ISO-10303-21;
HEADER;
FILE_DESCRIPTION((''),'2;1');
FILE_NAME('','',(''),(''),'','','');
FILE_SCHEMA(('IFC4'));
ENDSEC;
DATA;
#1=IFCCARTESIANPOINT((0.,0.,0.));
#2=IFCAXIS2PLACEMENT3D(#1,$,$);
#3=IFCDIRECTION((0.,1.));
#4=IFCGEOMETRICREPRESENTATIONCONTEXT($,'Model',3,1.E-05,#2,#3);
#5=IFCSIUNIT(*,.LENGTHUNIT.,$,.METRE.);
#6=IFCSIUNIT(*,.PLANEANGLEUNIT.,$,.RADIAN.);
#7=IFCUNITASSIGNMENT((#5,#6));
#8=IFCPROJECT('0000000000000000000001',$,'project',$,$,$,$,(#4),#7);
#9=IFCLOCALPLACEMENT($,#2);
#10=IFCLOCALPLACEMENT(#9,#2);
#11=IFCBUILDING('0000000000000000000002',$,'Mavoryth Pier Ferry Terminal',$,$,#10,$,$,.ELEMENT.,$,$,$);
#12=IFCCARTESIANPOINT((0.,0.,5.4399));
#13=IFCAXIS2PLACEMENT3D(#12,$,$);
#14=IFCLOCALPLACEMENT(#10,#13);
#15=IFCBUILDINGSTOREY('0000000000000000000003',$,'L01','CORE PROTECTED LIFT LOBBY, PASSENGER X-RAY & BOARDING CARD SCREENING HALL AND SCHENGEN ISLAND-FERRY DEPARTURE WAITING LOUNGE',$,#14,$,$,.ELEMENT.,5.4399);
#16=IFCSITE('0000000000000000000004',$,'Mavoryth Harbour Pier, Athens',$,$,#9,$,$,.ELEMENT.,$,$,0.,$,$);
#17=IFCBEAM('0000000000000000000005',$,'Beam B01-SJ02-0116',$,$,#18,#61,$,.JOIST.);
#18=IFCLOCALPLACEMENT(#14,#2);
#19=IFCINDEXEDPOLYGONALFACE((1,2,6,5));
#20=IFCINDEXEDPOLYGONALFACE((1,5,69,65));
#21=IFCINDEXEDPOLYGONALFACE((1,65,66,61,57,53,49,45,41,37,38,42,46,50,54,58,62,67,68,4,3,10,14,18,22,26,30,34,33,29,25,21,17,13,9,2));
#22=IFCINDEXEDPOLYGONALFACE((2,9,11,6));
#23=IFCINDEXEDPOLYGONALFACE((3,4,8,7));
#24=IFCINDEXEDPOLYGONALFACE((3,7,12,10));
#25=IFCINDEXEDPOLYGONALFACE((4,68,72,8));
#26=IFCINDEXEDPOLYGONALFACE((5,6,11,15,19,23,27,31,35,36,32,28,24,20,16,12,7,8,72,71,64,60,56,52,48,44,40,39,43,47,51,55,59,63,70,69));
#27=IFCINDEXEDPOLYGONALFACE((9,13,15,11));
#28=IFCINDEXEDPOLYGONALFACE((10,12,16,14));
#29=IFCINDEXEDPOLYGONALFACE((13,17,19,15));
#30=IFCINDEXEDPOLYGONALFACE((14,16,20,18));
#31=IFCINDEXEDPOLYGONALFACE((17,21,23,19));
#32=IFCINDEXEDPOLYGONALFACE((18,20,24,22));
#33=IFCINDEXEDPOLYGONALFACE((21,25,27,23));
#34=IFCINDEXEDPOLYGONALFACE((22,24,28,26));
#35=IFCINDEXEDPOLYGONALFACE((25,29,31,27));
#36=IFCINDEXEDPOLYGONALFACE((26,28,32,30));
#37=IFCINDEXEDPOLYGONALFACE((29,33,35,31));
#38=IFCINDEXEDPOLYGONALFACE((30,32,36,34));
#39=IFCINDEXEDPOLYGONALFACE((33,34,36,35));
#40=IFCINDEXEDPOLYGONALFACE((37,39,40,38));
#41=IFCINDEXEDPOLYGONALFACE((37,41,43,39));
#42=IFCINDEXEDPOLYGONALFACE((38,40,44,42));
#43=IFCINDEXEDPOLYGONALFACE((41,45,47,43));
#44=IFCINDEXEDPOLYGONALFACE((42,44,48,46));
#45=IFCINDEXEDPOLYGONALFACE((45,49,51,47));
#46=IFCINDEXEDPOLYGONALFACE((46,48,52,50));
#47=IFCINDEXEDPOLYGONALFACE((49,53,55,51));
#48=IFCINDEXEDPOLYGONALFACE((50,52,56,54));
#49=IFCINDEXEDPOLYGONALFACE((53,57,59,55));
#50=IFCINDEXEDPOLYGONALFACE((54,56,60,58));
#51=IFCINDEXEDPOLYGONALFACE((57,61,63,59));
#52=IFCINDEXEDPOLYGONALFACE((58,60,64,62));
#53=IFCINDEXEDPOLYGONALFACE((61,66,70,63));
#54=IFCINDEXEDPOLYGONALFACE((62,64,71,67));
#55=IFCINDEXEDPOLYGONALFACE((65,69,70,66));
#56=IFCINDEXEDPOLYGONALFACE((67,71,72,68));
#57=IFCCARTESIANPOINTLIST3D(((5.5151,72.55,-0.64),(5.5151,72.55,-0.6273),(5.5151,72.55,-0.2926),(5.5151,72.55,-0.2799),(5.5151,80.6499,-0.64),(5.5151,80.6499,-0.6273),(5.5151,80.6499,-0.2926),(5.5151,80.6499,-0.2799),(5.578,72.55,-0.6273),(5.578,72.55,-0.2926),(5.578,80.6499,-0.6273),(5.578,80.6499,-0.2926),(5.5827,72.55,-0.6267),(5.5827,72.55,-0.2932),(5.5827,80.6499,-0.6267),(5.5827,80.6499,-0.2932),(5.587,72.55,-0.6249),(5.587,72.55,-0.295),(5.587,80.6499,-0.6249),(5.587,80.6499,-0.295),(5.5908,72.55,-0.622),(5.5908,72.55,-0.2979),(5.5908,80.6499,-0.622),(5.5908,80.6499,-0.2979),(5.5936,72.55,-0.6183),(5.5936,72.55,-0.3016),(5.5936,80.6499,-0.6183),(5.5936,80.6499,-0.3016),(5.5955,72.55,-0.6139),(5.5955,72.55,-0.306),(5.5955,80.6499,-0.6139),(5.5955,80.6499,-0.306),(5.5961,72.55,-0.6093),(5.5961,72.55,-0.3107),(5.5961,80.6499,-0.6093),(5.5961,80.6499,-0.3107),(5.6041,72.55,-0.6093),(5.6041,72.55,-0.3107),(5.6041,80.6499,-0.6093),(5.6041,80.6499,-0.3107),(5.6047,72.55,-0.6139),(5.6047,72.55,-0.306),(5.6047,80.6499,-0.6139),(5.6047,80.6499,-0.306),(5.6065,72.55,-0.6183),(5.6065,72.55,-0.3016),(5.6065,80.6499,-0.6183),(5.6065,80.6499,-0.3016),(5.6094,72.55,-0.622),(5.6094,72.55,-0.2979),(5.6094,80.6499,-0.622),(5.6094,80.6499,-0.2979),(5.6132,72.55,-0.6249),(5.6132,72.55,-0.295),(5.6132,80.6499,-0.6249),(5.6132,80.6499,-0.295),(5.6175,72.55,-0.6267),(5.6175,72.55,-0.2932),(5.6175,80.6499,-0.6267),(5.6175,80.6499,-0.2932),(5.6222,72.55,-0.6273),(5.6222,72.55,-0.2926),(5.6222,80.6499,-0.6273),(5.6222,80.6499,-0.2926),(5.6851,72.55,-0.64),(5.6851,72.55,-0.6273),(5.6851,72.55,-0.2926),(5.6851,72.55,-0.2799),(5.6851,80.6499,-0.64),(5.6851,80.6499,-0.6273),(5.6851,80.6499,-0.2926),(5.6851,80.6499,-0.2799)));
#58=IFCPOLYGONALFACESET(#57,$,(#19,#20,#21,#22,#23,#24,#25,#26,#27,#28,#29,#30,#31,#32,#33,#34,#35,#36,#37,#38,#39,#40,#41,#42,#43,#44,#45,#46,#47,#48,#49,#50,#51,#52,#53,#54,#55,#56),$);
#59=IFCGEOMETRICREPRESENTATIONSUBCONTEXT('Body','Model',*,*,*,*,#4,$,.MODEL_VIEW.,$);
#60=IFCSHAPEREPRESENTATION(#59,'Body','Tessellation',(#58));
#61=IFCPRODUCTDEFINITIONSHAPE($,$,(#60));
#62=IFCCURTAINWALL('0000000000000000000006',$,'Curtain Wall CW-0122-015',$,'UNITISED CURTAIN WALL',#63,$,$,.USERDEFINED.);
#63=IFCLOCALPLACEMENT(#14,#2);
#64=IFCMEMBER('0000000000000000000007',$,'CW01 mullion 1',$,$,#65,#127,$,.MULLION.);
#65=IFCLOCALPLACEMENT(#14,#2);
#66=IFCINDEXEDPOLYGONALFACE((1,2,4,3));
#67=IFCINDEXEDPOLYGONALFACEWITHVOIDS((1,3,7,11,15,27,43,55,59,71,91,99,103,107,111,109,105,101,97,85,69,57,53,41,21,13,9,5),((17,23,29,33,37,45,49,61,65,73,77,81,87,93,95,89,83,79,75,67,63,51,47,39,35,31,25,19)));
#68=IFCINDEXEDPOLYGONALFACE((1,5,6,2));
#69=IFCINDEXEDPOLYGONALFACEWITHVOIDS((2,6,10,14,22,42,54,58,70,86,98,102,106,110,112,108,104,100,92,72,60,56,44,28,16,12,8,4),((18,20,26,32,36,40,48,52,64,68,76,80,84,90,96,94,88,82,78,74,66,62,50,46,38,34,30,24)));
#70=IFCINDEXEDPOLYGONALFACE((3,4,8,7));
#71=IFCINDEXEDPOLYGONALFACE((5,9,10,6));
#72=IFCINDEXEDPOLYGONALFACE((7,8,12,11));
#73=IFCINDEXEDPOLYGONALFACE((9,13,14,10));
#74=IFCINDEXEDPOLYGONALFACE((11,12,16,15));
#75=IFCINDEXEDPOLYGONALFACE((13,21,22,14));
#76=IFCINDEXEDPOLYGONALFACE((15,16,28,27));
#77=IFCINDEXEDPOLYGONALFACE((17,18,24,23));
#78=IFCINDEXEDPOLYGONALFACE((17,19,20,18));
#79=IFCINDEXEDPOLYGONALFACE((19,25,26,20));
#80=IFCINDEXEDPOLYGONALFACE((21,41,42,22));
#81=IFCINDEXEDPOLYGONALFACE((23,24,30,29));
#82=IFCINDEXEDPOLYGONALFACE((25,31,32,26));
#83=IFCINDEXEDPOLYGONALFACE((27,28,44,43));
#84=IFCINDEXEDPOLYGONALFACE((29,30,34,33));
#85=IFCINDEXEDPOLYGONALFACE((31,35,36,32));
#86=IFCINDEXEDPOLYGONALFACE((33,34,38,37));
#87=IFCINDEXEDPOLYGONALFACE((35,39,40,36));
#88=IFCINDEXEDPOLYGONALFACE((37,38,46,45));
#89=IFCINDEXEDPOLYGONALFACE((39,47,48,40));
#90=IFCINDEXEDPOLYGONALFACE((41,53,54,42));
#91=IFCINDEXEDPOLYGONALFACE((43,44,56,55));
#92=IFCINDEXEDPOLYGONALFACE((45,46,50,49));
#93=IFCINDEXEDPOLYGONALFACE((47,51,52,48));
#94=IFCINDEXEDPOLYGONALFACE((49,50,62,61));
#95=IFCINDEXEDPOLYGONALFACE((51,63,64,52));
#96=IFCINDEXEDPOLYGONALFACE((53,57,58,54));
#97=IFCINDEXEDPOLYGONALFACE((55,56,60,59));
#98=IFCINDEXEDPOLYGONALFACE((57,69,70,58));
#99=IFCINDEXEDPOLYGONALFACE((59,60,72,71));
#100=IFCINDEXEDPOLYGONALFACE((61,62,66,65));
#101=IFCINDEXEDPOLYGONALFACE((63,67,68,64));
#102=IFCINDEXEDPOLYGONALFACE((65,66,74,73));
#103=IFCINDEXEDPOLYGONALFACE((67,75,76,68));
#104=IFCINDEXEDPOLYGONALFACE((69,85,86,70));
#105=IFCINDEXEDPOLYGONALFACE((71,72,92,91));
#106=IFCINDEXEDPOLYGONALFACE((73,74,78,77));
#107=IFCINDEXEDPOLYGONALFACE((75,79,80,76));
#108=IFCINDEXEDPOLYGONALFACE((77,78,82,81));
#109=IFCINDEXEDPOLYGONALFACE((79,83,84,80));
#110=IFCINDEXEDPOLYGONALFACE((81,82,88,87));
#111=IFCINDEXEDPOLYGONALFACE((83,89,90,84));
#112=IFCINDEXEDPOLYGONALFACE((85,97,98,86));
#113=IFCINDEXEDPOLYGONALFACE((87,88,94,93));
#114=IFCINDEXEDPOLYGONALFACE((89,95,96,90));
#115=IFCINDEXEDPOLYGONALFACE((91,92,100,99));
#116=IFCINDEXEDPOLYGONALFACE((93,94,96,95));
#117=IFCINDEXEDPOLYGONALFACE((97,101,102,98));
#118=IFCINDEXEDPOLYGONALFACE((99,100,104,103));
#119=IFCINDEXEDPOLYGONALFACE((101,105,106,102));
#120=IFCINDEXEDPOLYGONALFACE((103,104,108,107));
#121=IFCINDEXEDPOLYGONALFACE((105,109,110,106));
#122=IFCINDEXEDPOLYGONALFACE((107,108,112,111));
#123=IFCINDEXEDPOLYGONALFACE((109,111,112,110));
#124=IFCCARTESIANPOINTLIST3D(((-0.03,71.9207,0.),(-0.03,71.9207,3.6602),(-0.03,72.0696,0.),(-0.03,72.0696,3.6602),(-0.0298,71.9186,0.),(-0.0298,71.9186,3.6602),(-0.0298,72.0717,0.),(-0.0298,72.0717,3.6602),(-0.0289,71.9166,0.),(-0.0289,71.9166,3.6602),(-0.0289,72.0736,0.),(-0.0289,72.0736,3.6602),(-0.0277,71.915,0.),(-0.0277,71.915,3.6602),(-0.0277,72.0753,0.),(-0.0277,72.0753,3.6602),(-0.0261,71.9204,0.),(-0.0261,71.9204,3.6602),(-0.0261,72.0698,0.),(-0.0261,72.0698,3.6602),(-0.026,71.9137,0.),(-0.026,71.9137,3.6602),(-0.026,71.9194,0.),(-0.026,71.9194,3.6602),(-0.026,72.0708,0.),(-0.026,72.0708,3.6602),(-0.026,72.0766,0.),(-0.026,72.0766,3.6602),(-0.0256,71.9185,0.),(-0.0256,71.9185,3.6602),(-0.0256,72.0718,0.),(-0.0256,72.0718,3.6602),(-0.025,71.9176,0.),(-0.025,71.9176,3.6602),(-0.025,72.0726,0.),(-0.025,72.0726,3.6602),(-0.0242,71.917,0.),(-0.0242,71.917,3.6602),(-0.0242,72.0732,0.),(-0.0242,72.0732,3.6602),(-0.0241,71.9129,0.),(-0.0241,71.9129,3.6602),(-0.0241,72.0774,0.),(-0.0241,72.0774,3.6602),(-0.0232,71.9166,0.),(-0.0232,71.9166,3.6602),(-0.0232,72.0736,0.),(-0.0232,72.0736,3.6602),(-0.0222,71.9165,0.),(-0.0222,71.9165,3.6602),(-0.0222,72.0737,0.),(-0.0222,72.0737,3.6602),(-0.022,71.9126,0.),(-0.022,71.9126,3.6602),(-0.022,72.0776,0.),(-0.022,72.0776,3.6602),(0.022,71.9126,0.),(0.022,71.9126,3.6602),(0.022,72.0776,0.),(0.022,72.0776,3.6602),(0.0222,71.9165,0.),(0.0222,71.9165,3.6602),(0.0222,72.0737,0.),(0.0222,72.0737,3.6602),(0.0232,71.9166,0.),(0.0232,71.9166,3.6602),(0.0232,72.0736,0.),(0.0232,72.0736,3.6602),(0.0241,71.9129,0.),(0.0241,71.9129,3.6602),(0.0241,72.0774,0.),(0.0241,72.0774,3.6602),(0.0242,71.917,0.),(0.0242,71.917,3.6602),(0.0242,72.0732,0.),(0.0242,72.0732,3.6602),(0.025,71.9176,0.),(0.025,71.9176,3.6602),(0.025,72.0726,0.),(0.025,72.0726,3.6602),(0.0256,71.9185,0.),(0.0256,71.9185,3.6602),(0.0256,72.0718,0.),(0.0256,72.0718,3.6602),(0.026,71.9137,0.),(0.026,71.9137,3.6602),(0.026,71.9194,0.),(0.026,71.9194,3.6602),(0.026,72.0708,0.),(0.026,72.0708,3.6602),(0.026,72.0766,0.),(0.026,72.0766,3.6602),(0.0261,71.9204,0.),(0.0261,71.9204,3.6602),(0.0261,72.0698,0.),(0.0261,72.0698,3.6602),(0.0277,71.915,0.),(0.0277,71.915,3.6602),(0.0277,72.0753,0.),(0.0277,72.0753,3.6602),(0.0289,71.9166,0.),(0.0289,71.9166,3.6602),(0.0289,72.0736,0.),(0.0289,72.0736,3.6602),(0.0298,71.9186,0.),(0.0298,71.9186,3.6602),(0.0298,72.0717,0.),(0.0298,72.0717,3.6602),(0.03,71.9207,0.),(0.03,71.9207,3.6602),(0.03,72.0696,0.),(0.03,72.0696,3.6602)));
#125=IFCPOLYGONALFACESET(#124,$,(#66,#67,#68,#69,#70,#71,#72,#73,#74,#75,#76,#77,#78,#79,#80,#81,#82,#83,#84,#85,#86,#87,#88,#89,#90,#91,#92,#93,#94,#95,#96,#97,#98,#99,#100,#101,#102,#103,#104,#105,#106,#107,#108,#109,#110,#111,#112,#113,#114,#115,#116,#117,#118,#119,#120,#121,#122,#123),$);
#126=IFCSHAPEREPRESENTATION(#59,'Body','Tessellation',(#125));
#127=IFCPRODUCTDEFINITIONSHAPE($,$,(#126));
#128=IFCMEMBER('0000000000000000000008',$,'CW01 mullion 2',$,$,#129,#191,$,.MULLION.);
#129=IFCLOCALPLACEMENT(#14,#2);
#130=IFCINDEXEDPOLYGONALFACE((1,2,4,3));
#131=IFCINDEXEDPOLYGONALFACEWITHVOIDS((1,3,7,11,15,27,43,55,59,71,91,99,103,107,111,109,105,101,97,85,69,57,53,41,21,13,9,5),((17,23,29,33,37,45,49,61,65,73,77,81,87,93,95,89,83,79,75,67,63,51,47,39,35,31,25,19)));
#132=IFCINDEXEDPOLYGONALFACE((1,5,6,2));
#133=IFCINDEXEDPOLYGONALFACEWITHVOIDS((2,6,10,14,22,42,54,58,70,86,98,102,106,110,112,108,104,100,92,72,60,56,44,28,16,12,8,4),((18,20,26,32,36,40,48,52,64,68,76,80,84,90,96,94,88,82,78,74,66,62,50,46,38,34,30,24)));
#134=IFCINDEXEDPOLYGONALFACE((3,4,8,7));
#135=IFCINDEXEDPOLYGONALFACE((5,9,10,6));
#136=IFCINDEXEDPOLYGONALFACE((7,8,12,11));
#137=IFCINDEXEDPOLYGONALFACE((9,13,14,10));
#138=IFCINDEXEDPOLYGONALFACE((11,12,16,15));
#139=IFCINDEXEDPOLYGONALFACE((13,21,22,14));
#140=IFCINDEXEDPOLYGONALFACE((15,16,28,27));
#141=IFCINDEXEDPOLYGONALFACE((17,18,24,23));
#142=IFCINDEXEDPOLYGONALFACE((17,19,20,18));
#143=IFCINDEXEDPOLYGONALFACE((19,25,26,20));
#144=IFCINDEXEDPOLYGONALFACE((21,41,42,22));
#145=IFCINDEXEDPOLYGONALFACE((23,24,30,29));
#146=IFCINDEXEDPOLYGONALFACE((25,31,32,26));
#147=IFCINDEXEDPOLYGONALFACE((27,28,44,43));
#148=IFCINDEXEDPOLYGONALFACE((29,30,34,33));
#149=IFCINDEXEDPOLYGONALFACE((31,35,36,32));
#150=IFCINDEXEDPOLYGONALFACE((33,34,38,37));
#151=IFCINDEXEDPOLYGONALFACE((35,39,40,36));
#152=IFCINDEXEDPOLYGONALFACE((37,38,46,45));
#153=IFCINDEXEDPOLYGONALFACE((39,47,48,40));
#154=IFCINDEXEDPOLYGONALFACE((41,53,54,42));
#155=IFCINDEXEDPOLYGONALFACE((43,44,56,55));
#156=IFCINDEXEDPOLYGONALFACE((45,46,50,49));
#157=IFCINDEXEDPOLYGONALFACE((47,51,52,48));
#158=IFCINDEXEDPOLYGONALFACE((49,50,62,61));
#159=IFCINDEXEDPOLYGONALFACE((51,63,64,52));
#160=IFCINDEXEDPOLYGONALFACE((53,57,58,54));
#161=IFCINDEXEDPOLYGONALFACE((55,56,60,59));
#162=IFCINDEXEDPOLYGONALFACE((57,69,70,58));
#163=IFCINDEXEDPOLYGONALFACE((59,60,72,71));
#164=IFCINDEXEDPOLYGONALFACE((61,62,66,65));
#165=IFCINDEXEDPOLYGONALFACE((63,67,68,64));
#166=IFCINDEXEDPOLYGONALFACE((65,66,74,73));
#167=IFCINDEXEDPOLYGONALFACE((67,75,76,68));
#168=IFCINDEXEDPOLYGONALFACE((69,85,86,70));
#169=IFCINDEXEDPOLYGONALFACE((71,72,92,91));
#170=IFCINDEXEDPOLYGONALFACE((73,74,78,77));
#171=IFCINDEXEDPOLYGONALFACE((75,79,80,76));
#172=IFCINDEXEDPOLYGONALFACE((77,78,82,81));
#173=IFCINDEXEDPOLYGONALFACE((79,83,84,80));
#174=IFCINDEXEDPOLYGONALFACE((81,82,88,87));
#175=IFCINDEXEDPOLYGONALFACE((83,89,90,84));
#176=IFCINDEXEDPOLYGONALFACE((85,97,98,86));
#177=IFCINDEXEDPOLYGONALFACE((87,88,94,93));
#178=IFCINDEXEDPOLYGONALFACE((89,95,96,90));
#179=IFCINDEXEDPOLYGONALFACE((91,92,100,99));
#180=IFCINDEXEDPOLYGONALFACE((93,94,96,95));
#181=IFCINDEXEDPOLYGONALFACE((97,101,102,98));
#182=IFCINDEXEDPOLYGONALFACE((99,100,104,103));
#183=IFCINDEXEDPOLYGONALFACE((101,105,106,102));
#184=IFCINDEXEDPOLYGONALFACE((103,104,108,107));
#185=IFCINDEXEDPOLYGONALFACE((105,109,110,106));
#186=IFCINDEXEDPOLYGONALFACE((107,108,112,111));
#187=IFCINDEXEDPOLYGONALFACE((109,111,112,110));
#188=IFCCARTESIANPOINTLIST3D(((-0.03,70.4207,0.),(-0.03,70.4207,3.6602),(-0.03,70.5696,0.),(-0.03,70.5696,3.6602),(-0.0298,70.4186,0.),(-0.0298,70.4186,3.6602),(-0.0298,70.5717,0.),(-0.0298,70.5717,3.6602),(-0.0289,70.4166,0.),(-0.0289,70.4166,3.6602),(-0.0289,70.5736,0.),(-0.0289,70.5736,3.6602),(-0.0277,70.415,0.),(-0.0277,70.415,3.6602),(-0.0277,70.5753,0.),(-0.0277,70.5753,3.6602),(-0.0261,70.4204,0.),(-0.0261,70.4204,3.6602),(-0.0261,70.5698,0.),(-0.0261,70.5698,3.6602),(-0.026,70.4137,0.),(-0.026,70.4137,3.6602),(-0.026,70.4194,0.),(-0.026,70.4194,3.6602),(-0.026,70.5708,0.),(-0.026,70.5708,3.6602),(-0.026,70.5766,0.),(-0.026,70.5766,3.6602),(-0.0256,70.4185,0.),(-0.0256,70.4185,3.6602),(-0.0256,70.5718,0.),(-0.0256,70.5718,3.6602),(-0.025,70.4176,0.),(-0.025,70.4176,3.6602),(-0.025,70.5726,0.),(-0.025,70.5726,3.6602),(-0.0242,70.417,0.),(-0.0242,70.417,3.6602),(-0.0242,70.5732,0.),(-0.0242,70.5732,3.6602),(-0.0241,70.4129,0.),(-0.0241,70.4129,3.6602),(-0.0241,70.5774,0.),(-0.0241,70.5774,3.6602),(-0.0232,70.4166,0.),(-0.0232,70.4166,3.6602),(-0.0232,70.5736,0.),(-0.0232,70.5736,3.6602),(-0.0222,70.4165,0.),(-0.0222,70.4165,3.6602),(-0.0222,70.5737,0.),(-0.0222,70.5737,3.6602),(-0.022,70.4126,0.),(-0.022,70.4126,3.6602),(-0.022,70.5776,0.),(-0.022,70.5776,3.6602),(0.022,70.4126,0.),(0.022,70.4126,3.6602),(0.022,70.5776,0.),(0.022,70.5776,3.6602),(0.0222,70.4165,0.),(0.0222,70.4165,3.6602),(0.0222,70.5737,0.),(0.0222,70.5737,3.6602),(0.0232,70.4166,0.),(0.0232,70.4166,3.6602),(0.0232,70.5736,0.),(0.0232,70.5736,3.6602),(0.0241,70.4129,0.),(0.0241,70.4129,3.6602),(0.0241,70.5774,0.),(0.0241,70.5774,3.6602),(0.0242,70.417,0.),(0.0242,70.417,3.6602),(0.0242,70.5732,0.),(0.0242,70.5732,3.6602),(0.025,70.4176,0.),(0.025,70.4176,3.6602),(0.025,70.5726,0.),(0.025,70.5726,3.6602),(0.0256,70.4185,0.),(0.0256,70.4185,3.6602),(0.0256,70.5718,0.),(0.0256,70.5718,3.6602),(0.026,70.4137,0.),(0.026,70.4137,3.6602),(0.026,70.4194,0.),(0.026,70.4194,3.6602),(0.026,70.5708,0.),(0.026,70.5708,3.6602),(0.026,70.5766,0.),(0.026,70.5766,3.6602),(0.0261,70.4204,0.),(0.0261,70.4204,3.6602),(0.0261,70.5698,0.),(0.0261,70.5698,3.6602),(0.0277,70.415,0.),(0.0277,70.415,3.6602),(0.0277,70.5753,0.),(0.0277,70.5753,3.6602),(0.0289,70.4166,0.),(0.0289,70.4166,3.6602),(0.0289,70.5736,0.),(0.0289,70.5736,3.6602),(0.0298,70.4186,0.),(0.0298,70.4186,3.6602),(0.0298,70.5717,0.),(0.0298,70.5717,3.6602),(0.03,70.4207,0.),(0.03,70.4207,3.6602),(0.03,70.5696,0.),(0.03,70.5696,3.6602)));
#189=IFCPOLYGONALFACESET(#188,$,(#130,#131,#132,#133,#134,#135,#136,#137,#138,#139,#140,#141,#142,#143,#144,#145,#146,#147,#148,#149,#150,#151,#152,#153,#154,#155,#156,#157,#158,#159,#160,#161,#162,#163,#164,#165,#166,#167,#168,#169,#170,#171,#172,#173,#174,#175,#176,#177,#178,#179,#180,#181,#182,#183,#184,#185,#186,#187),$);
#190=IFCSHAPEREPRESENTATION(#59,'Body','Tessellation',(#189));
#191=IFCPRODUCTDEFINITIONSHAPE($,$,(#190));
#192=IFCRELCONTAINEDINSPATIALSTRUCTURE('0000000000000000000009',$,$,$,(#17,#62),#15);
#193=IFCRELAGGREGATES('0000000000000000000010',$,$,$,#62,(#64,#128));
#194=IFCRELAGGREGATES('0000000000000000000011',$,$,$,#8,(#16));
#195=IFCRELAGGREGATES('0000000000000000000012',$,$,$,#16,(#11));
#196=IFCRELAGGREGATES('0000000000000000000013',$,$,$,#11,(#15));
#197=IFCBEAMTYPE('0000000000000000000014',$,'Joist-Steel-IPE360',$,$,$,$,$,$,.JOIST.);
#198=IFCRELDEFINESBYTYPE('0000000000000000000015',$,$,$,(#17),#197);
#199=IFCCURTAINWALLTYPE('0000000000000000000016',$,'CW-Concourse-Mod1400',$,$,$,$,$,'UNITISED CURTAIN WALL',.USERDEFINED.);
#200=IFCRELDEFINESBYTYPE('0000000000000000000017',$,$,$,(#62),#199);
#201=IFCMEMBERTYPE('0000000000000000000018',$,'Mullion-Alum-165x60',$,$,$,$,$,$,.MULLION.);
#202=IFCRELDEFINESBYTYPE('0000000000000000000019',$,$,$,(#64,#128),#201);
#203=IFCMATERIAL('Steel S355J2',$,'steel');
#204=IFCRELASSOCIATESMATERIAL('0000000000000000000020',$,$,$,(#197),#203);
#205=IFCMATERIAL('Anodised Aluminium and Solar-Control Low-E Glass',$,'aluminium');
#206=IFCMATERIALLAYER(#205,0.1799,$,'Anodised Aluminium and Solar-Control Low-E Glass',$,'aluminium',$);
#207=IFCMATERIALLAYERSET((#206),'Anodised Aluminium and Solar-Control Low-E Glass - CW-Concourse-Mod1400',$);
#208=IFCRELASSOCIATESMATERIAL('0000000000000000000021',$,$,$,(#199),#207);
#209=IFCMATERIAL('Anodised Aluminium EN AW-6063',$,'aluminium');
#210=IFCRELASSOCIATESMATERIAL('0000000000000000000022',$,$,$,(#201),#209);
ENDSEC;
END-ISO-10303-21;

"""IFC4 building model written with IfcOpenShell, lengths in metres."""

from ifc_helpers import new_model, si_unit, direction, frame, origin, origin_2d, place, context, subcontext, project, spatial, hollow_rectangle, i_section, extrude, material, layer, layer_set, material_profile, profile_set, type_object, element, aggregate, save


model = new_model("IFC4")

# Units and contexts
model_context = context("Model", 3, precision=1e-05, world=origin(), true_north=direction((0.0, 1.0)))
body_context = subcontext(model_context, "Body", "Model", "MODEL_VIEW")
ifc_project = project(units=[si_unit("LENGTHUNIT", "METRE"), si_unit("PLANEANGLEUNIT", "RADIAN")], contexts=[model_context])

# Site, building, storey
site_placement = place(None, origin())
site = spatial("IfcSite", under=ifc_project, at=site_placement, Name="Mavoryth Harbour Pier, Athens", CompositionType="ELEMENT", RefElevation=0.0)
building_placement = place(site_placement, origin())
building = spatial("IfcBuilding", under=site, at=building_placement, Name="Mavoryth Pier Ferry Terminal", CompositionType="ELEMENT")
storey_placement = place(building_placement, frame((0.0, 0.0, 5.4399)))
storey = spatial("IfcBuildingStorey", under=building, at=storey_placement, Name="L01", Description="CORE PROTECTED LIFT LOBBY, PASSENGER X-RAY & BOARDING CARD SCREENING HALL AND SCHENGEN ISLAND-FERRY DEPARTURE WAITING LOUNGE", CompositionType="ELEMENT", Elevation=5.4399)

# Beam
ifc_material_1 = material(Name="Steel S355J2", Category="steel")
ifc_material_profile_1 = material_profile(ifc_material_1, i_section(OverallWidth=0.1699, OverallDepth=0.3601, WebThickness=0.0081, FlangeThickness=0.0127, FilletRadius=0.0181, at=origin_2d()), Name="IPE 360", Category="steel")
ifc_profile_set_1 = profile_set([ifc_material_profile_1], Name="Steel S355J2 - IPE 360")
beam_type_1 = type_object("IfcBeamType", Name="Joist-Steel-IPE360", PredefinedType="JOIST", material=ifc_profile_set_1)
for number, where, z_axis, x_axis, name in (
    (1, (5.6001, 72.55, -0.46), (0.0, 1.0, 0.0), (-1.0, 0.0, 0.0), "Beam B01-SJ02-0116"),
):
    element("IfcBeam", number, at=place(storey_placement, frame(where, z_axis=z_axis, x_axis=x_axis)), inside=storey, type_object=beam_type_1, Name=name, PredefinedType="JOIST", context=body_context, shape_type="SweptSolid", body=[
        extrude(i_section(OverallWidth=0.1699, OverallDepth=0.3601, WebThickness=0.0081, FlangeThickness=0.0127, FilletRadius=0.0181, at=origin_2d()), origin(), (0.0, 0.0, 1.0), 8.0999),
    ])

# Curtain wall, members
ifc_material_2 = material(Name="Anodised Aluminium and Solar-Control Low-E Glass", Category="aluminium")
ifc_layer_1 = layer(ifc_material_2, 0.1799, Name="Anodised Aluminium and Solar-Control Low-E Glass", Category="aluminium")
ifc_layer_set_1 = layer_set([ifc_layer_1], Name="Anodised Aluminium and Solar-Control Low-E Glass - CW-Concourse-Mod1400")
curtain_wall_type = type_object("IfcCurtainWallType", Name="CW-Concourse-Mod1400", ElementType="UNITISED CURTAIN WALL", PredefinedType="USERDEFINED", material=ifc_layer_set_1)
curtain_wall_1_placement = place(storey_placement, origin())
curtain_wall_1 = element("IfcCurtainWall", 2, at=curtain_wall_1_placement, inside=storey, type_object=curtain_wall_type, Name="Curtain Wall CW-0122-015", ObjectType="UNITISED CURTAIN WALL", PredefinedType="USERDEFINED")
ifc_material_3 = material(Name="Anodised Aluminium EN AW-6063", Category="aluminium")
ifc_material_profile_2 = material_profile(ifc_material_3, hollow_rectangle(XDim=0.0601, YDim=0.165, WallThickness=0.0039, InnerFilletRadius=0.0039, OuterFilletRadius=0.0081, at=origin_2d()), Name="AL-MULL 165x60x4", Category="aluminium")
ifc_profile_set_2 = profile_set([ifc_material_profile_2], Name="Anodised Aluminium EN AW-6063 - AL-MULL 165x60x4")
member_type_1 = type_object("IfcMemberType", Name="Mullion-Alum-165x60", PredefinedType="MULLION", material=ifc_profile_set_2)
member_1_placement = place(storey_placement, frame((0.0, 71.9951, 0.0), z_axis=(0.0, 0.0, 1.0), x_axis=(1.0, 0.0, 0.0)))
member_1 = element("IfcMember", 3, at=member_1_placement, type_object=member_type_1, Name="CW01 mullion 1", PredefinedType="MULLION", context=body_context, shape_type="SweptSolid", body=[
    extrude(hollow_rectangle(XDim=0.0601, YDim=0.165, WallThickness=0.0039, InnerFilletRadius=0.0039, OuterFilletRadius=0.0081, at=origin_2d()), origin(), (0.0, 0.0, 1.0), 3.6602),
])
member_2_placement = place(storey_placement, frame((0.0, 70.4951, 0.0), z_axis=(0.0, 0.0, 1.0), x_axis=(1.0, 0.0, 0.0)))
member_2 = element("IfcMember", 4, at=member_2_placement, type_object=member_type_1, Name="CW01 mullion 2", PredefinedType="MULLION", context=body_context, shape_type="SweptSolid", body=[
    extrude(hollow_rectangle(XDim=0.0601, YDim=0.165, WallThickness=0.0039, InnerFilletRadius=0.0039, OuterFilletRadius=0.0081, at=origin_2d()), origin(), (0.0, 0.0, 1.0), 3.6602),
])

aggregate(curtain_wall_1, [member_1, member_2])

save(model, "model.ifc")
